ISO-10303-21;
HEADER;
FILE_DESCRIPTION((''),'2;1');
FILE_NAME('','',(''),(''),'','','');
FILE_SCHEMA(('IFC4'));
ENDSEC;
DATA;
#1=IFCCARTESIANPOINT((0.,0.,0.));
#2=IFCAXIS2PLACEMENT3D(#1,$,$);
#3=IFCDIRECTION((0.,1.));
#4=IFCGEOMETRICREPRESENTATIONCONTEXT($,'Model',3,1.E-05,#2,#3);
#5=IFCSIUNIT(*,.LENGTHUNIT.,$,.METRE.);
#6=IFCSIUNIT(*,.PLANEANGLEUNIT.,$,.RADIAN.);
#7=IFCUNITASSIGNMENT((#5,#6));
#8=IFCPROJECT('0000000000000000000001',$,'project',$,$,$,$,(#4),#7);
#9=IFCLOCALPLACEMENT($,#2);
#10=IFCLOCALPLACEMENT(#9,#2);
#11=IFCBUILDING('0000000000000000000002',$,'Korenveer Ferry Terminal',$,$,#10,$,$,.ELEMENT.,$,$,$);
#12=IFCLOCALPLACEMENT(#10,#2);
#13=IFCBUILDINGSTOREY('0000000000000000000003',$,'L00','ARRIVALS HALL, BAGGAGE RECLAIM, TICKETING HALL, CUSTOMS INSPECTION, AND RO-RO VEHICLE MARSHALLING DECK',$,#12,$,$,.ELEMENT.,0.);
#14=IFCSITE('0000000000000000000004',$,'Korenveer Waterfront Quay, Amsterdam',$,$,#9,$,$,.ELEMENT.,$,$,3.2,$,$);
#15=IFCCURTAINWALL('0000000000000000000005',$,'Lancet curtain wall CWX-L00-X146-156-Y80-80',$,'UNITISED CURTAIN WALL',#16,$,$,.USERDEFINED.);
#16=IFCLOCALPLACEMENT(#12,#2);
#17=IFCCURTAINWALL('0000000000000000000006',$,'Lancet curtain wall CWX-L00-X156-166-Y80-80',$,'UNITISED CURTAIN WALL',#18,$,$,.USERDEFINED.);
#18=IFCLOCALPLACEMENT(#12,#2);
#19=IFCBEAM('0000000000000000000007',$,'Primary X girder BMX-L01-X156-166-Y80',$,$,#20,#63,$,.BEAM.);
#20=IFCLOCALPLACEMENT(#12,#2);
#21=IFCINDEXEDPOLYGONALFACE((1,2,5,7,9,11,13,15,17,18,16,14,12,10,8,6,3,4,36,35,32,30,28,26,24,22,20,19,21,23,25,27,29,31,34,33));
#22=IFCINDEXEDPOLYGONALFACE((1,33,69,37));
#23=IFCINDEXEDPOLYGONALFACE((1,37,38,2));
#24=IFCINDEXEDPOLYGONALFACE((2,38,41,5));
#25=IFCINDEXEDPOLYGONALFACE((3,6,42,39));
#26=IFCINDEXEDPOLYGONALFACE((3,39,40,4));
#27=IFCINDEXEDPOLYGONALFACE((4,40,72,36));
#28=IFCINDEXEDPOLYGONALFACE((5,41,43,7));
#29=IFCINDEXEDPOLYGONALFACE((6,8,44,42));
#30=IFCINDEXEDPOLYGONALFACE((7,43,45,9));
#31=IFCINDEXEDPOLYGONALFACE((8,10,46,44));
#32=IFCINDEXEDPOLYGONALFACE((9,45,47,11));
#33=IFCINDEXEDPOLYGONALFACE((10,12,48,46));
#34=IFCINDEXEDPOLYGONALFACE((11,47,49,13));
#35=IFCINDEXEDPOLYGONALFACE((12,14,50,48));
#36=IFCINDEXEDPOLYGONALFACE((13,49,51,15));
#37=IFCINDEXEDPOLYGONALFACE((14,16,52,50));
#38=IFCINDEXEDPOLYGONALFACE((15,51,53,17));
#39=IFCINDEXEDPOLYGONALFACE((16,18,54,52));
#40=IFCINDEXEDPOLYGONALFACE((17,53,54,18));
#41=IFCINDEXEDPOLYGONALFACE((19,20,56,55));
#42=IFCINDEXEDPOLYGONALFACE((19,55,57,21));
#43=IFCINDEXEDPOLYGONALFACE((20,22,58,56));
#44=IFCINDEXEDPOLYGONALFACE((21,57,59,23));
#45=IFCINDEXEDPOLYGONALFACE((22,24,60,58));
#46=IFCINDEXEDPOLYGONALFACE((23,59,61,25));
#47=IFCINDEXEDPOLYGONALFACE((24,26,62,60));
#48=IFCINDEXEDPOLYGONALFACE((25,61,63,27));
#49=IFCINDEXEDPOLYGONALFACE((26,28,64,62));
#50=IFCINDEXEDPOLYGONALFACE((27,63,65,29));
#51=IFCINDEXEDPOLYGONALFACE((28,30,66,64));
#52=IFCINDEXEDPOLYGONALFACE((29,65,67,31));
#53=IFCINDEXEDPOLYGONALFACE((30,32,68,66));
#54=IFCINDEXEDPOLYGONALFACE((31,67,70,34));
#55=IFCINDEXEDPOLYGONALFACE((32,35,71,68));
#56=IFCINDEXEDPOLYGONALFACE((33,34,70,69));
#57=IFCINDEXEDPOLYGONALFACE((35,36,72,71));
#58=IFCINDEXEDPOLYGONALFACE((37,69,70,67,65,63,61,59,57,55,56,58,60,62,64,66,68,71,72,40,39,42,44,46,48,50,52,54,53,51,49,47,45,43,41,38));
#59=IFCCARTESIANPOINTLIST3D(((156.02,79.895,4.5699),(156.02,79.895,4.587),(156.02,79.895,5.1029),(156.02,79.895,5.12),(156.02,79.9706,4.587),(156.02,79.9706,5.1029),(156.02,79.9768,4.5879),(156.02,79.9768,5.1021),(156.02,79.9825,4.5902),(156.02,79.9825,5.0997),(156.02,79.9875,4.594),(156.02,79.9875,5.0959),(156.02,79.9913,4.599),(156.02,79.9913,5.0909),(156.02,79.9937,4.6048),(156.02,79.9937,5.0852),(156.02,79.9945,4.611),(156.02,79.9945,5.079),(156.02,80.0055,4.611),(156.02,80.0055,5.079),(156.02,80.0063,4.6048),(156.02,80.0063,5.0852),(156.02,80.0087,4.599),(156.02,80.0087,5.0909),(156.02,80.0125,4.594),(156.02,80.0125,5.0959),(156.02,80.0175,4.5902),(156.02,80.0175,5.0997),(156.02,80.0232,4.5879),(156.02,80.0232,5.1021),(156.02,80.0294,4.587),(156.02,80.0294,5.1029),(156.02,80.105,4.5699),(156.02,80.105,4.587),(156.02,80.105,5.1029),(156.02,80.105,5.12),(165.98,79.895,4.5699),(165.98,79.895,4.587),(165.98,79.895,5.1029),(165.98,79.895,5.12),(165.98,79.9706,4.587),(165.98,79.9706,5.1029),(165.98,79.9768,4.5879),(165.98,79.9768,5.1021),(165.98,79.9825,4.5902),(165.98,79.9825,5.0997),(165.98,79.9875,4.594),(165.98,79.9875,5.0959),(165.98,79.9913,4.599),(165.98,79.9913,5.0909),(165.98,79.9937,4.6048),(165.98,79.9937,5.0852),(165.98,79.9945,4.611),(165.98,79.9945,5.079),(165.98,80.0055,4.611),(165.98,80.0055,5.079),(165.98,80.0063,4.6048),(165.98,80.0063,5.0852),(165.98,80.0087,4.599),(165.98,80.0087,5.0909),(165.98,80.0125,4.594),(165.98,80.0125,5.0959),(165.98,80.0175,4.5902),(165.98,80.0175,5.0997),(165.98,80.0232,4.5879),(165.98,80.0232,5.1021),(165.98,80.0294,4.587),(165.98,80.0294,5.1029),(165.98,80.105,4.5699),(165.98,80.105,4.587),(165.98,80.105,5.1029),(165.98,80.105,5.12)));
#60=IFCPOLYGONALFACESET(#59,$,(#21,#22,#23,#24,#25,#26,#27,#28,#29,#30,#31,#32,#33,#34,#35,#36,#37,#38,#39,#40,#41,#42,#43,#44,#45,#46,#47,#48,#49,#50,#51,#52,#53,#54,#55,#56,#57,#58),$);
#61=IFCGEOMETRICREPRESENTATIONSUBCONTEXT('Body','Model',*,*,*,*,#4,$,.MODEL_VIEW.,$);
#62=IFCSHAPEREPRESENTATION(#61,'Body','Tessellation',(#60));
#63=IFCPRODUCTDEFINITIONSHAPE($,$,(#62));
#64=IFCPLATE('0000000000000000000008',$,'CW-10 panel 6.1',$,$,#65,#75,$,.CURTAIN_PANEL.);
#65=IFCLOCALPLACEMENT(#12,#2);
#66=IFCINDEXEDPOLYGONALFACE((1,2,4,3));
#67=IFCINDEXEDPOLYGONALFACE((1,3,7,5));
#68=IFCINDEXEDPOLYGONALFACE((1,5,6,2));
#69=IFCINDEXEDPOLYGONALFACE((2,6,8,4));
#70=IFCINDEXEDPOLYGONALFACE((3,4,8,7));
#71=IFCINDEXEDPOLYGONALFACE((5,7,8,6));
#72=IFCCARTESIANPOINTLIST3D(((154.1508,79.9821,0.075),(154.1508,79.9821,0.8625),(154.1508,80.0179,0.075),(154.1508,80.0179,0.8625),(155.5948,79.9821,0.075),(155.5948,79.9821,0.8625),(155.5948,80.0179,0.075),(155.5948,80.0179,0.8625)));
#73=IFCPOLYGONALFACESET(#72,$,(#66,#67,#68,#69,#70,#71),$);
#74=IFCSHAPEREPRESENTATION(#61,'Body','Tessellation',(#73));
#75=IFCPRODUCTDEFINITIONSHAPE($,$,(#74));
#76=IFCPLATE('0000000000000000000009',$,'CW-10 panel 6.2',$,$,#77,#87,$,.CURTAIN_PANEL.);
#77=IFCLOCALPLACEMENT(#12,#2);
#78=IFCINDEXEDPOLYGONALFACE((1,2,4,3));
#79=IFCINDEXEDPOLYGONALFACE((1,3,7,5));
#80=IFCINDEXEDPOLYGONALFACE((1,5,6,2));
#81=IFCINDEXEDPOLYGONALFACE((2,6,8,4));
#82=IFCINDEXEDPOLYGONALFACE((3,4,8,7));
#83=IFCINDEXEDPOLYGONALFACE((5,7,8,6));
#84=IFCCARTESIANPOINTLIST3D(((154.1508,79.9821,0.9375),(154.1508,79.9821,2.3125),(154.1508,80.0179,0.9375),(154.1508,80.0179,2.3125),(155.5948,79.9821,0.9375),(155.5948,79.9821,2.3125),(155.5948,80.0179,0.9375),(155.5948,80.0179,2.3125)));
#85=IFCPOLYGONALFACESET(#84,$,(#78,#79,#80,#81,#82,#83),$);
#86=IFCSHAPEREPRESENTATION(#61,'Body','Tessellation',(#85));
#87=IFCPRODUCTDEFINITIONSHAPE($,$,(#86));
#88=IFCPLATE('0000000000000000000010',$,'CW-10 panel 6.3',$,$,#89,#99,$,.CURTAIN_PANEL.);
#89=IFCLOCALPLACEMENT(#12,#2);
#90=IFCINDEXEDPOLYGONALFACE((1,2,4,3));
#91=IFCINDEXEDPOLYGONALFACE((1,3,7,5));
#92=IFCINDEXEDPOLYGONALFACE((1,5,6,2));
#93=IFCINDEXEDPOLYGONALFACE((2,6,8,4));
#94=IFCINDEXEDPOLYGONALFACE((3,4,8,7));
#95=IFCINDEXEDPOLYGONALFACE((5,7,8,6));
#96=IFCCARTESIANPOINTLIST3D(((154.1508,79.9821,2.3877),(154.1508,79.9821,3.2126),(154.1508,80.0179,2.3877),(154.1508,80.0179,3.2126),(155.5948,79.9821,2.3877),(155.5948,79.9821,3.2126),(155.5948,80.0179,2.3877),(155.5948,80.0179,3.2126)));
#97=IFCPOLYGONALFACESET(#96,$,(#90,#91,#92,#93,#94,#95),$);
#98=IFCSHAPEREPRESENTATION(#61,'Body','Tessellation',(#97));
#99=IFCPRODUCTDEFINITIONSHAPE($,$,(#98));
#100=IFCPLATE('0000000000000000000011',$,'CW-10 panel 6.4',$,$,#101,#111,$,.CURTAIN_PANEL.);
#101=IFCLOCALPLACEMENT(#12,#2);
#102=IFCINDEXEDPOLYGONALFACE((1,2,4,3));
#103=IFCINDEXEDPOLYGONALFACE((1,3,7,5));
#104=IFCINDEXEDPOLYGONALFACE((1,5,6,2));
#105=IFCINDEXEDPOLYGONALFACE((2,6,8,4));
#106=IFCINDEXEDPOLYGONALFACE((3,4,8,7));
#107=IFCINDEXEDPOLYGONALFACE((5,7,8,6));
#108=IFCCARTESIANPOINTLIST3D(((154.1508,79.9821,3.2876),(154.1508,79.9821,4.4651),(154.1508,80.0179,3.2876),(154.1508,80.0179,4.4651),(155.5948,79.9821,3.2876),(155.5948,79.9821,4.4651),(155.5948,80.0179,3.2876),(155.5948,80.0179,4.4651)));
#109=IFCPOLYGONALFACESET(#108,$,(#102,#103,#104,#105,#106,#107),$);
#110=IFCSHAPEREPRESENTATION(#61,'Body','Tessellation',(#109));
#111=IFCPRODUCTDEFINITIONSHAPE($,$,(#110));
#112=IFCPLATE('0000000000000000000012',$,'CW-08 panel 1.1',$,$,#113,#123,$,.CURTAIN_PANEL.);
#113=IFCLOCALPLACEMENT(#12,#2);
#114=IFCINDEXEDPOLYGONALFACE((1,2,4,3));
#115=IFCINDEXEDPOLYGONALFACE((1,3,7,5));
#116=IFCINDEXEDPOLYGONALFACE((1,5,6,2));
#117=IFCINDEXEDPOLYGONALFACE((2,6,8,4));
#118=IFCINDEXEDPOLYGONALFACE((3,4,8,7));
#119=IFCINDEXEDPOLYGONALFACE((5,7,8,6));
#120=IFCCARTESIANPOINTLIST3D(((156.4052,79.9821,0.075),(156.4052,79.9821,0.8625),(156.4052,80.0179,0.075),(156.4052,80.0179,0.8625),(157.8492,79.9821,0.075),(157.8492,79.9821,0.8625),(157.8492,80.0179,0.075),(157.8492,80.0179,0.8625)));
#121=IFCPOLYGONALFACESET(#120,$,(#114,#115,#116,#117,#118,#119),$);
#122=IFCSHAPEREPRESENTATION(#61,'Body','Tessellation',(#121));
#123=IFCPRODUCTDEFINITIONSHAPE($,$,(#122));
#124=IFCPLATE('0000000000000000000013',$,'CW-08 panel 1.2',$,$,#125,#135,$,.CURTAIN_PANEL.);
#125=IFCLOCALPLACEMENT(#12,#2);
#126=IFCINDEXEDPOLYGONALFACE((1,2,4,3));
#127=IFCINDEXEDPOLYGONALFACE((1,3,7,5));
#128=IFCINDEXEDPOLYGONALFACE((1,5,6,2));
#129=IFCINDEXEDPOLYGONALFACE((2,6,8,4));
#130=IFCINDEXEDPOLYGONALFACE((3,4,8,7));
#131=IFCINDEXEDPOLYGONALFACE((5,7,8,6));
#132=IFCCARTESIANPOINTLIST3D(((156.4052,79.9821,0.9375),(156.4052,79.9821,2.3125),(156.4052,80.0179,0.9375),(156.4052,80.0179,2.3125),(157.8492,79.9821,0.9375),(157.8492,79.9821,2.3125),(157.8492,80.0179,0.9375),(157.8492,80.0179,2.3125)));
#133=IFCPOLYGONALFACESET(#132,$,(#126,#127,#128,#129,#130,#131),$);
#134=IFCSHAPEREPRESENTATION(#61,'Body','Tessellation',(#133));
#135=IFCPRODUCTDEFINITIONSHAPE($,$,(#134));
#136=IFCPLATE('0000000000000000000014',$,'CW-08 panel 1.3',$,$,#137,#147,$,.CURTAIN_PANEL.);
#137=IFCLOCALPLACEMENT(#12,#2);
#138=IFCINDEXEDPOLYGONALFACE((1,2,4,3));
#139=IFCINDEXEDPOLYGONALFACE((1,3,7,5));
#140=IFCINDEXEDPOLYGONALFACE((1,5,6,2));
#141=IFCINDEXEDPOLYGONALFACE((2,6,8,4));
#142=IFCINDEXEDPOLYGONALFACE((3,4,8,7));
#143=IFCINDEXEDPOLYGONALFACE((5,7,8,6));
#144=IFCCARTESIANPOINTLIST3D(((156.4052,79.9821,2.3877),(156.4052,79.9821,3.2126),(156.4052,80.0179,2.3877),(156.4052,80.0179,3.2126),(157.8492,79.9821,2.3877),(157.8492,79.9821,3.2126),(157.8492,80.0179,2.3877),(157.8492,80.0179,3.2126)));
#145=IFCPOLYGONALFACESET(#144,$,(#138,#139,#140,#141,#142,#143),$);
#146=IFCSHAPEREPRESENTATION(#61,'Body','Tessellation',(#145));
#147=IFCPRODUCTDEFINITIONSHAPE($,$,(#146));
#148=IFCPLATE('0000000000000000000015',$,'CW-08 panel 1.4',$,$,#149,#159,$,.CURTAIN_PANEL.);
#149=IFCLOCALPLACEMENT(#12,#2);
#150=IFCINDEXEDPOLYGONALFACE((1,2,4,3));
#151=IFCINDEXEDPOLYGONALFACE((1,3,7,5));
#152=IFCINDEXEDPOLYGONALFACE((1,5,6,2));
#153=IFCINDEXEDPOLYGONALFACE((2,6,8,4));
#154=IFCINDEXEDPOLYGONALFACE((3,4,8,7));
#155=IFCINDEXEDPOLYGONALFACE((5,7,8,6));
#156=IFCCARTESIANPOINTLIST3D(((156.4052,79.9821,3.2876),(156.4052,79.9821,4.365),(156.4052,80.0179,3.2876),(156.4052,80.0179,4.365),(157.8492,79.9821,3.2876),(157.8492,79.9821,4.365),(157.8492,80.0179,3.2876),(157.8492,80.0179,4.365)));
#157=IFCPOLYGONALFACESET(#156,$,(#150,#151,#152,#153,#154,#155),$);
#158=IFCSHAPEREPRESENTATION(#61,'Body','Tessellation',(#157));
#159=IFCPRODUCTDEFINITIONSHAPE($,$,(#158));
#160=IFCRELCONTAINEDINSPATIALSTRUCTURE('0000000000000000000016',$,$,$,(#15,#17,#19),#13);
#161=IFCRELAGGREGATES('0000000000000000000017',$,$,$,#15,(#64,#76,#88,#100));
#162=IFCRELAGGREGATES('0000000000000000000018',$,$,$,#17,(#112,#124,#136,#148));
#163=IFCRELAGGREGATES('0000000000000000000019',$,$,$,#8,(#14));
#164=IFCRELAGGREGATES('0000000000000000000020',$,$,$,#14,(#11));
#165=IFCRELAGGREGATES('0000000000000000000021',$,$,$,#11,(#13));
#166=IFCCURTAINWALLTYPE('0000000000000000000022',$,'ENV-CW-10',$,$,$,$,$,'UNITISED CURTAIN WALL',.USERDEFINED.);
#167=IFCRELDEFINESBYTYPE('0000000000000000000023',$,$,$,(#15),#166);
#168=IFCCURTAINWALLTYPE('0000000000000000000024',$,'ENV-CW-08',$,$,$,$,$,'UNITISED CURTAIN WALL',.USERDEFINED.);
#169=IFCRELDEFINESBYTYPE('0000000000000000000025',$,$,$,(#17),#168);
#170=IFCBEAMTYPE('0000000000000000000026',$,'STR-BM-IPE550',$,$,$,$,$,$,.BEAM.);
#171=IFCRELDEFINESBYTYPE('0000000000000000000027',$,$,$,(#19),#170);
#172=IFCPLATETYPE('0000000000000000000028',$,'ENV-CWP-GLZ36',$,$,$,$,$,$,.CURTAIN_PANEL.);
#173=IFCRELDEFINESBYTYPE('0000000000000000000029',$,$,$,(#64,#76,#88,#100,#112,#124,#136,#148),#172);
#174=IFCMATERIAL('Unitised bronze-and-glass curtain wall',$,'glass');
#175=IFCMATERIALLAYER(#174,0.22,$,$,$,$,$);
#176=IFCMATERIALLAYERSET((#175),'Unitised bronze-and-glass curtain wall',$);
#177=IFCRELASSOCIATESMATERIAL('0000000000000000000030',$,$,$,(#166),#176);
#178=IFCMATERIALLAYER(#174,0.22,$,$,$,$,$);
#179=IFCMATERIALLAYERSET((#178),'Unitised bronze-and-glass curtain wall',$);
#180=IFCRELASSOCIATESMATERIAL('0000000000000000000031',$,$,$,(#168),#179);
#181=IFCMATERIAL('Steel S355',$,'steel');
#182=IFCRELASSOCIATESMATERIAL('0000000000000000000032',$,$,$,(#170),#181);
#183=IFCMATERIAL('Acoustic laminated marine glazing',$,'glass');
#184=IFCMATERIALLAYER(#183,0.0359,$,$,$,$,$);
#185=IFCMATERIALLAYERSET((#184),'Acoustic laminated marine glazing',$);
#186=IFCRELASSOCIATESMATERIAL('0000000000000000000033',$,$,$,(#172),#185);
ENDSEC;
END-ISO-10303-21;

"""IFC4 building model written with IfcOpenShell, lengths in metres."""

from ifc_helpers import new_model, si_unit, direction, frame, origin, origin_2d, place, context, subcontext, project, spatial, rectangle, i_section, extrude, material, layer, layer_set, material_profile, profile_set, type_object, element, aggregate, save


model = new_model("IFC4")

# Units and contexts
model_context = context("Model", 3, precision=1e-05, world=origin(), true_north=direction((0.0, 1.0)))
body_context = subcontext(model_context, "Body", "Model", "MODEL_VIEW")
ifc_project = project(units=[si_unit("LENGTHUNIT", "METRE"), si_unit("PLANEANGLEUNIT", "RADIAN")], contexts=[model_context])

# Site, building, storey
site_placement = place(None, origin())
site = spatial("IfcSite", under=ifc_project, at=site_placement, Name="Korenveer Waterfront Quay, Amsterdam", CompositionType="ELEMENT", RefElevation=3.2)
building_placement = place(site_placement, origin())
building = spatial("IfcBuilding", under=site, at=building_placement, Name="Korenveer Ferry Terminal", CompositionType="ELEMENT")
storey_placement = place(building_placement, origin())
storey = spatial("IfcBuildingStorey", under=building, at=storey_placement, Name="L00", Description="ARRIVALS HALL, BAGGAGE RECLAIM, TICKETING HALL, CUSTOMS INSPECTION, AND RO-RO VEHICLE MARSHALLING DECK", CompositionType="ELEMENT", Elevation=0.0)

# Curtain walls
ifc_material_1 = material(Name="Unitised bronze-and-glass curtain wall", Category="glass")
ifc_layer_1 = layer(ifc_material_1, 0.22)
ifc_layer_set_1 = layer_set([ifc_layer_1], Name="Unitised bronze-and-glass curtain wall")
curtain_wall_type_1 = type_object("IfcCurtainWallType", Name="ENV-CW-10", ElementType="UNITISED CURTAIN WALL", PredefinedType="USERDEFINED", material=ifc_layer_set_1)
curtain_wall_1_placement = place(storey_placement, frame((146.3301, 80.0, 0.0)))
curtain_wall_1 = element("IfcCurtainWall", 1, at=curtain_wall_1_placement, inside=storey, type_object=curtain_wall_type_1, Name="Lancet curtain wall CWX-L00-X146-156-Y80-80", ObjectType="UNITISED CURTAIN WALL", PredefinedType="USERDEFINED")
ifc_layer_2 = layer(ifc_material_1, 0.22)
ifc_layer_set_2 = layer_set([ifc_layer_2], Name="Unitised bronze-and-glass curtain wall")
curtain_wall_type_2 = type_object("IfcCurtainWallType", Name="ENV-CW-08", ElementType="UNITISED CURTAIN WALL", PredefinedType="USERDEFINED", material=ifc_layer_set_2)
curtain_wall_2_placement = place(storey_placement, frame((156.3301, 80.0, 0.0)))
curtain_wall_2 = element("IfcCurtainWall", 2, at=curtain_wall_2_placement, inside=storey, type_object=curtain_wall_type_2, Name="Lancet curtain wall CWX-L00-X156-166-Y80-80", ObjectType="UNITISED CURTAIN WALL", PredefinedType="USERDEFINED")

# Beam
ifc_material_2 = material(Name="Steel S355", Category="steel")
ifc_material_profile_1 = material_profile(ifc_material_2, i_section(OverallWidth=0.21, OverallDepth=0.55, WebThickness=0.011, FlangeThickness=0.0171, FilletRadius=0.0239, at=origin_2d()), Name="IPE 550")
ifc_profile_set_1 = profile_set([ifc_material_profile_1], Name="Steel S355")
beam_type = type_object("IfcBeamType", Name="STR-BM-IPE550", PredefinedType="BEAM", material=ifc_profile_set_1)
beam_placement = place(storey_placement, frame((156.02, 80.0, 4.845), z_axis=(1.0, 0.0, 0.0), x_axis=(0.0, 1.0, 0.0)))
element("IfcBeam", 3, at=beam_placement, inside=storey, type_object=beam_type, Name="Primary X girder BMX-L01-X156-166-Y80", PredefinedType="BEAM", context=body_context, shape_type="SweptSolid", body=[
    extrude(i_section(OverallWidth=0.21, OverallDepth=0.55, WebThickness=0.011, FlangeThickness=0.0171, FilletRadius=0.0239, at=origin_2d()), origin(), (0.0, 0.0, 1.0), 9.96),
])

# Plates
ifc_material_3 = material(Name="Acoustic laminated marine glazing", Category="glass")
ifc_layer_3 = layer(ifc_material_3, 0.0359)
ifc_layer_set_3 = layer_set([ifc_layer_3], Name="Acoustic laminated marine glazing")
plate_type = type_object("IfcPlateType", Name="ENV-CWP-GLZ36", PredefinedType="CURTAIN_PANEL", material=ifc_layer_set_3)
plate_1_placement = place(storey_placement, frame((154.8728, 80.0, 0.075), z_axis=(0.0, 0.0, 1.0), x_axis=(1.0, 0.0, 0.0)))
plate_1 = element("IfcPlate", 4, at=plate_1_placement, type_object=plate_type, Name="CW-10 panel 6.1", PredefinedType="CURTAIN_PANEL", context=body_context, shape_type="SweptSolid", body=[
    extrude(rectangle(XDim=1.4441, YDim=0.0359, at=origin_2d()), origin(), (0.0, 0.0, 1.0), 0.7876),
])
plate_2_placement = place(storey_placement, frame((154.8728, 80.0, 0.9375), z_axis=(0.0, 0.0, 1.0), x_axis=(1.0, 0.0, 0.0)))
plate_2 = element("IfcPlate", 5, at=plate_2_placement, type_object=plate_type, Name="CW-10 panel 6.2", PredefinedType="CURTAIN_PANEL", context=body_context, shape_type="SweptSolid", body=[
    extrude(rectangle(XDim=1.4441, YDim=0.0359, at=origin_2d()), origin(), (0.0, 0.0, 1.0), 1.375),
])
plate_3_placement = place(storey_placement, frame((154.8728, 80.0, 2.3877), z_axis=(0.0, 0.0, 1.0), x_axis=(1.0, 0.0, 0.0)))
plate_3 = element("IfcPlate", 6, at=plate_3_placement, type_object=plate_type, Name="CW-10 panel 6.3", PredefinedType="CURTAIN_PANEL", context=body_context, shape_type="SweptSolid", body=[
    extrude(rectangle(XDim=1.4441, YDim=0.0359, at=origin_2d()), origin(), (0.0, 0.0, 1.0), 0.825),
])
plate_4_placement = place(storey_placement, frame((154.8728, 80.0, 3.2876), z_axis=(0.0, 0.0, 1.0), x_axis=(1.0, 0.0, 0.0)))
plate_4 = element("IfcPlate", 7, at=plate_4_placement, type_object=plate_type, Name="CW-10 panel 6.4", PredefinedType="CURTAIN_PANEL", context=body_context, shape_type="SweptSolid", body=[
    extrude(rectangle(XDim=1.4441, YDim=0.0359, at=origin_2d()), origin(), (0.0, 0.0, 1.0), 1.1775),
])
aggregate(curtain_wall_1, [plate_1, plate_2, plate_3, plate_4])
plate_5_placement = place(storey_placement, frame((157.1272, 80.0, 0.075), z_axis=(0.0, 0.0, 1.0), x_axis=(1.0, 0.0, 0.0)))
plate_5 = element("IfcPlate", 8, at=plate_5_placement, type_object=plate_type, Name="CW-08 panel 1.1", PredefinedType="CURTAIN_PANEL", context=body_context, shape_type="SweptSolid", body=[
    extrude(rectangle(XDim=1.4441, YDim=0.0359, at=origin_2d()), origin(), (0.0, 0.0, 1.0), 0.7876),
])
plate_6_placement = place(storey_placement, frame((157.1272, 80.0, 0.9375), z_axis=(0.0, 0.0, 1.0), x_axis=(1.0, 0.0, 0.0)))
plate_6 = element("IfcPlate", 9, at=plate_6_placement, type_object=plate_type, Name="CW-08 panel 1.2", PredefinedType="CURTAIN_PANEL", context=body_context, shape_type="SweptSolid", body=[
    extrude(rectangle(XDim=1.4441, YDim=0.0359, at=origin_2d()), origin(), (0.0, 0.0, 1.0), 1.375),
])
plate_7_placement = place(storey_placement, frame((157.1272, 80.0, 2.3877), z_axis=(0.0, 0.0, 1.0), x_axis=(1.0, 0.0, 0.0)))
plate_7 = element("IfcPlate", 10, at=plate_7_placement, type_object=plate_type, Name="CW-08 panel 1.3", PredefinedType="CURTAIN_PANEL", context=body_context, shape_type="SweptSolid", body=[
    extrude(rectangle(XDim=1.4441, YDim=0.0359, at=origin_2d()), origin(), (0.0, 0.0, 1.0), 0.825),
])
plate_8_placement = place(storey_placement, frame((157.1272, 80.0, 3.2876), z_axis=(0.0, 0.0, 1.0), x_axis=(1.0, 0.0, 0.0)))
plate_8 = element("IfcPlate", 11, at=plate_8_placement, type_object=plate_type, Name="CW-08 panel 1.4", PredefinedType="CURTAIN_PANEL", context=body_context, shape_type="SweptSolid", body=[
    extrude(rectangle(XDim=1.4441, YDim=0.0359, at=origin_2d()), origin(), (0.0, 0.0, 1.0), 1.0774),
])
aggregate(curtain_wall_2, [plate_5, plate_6, plate_7, plate_8])

save(model, "model.ifc")
